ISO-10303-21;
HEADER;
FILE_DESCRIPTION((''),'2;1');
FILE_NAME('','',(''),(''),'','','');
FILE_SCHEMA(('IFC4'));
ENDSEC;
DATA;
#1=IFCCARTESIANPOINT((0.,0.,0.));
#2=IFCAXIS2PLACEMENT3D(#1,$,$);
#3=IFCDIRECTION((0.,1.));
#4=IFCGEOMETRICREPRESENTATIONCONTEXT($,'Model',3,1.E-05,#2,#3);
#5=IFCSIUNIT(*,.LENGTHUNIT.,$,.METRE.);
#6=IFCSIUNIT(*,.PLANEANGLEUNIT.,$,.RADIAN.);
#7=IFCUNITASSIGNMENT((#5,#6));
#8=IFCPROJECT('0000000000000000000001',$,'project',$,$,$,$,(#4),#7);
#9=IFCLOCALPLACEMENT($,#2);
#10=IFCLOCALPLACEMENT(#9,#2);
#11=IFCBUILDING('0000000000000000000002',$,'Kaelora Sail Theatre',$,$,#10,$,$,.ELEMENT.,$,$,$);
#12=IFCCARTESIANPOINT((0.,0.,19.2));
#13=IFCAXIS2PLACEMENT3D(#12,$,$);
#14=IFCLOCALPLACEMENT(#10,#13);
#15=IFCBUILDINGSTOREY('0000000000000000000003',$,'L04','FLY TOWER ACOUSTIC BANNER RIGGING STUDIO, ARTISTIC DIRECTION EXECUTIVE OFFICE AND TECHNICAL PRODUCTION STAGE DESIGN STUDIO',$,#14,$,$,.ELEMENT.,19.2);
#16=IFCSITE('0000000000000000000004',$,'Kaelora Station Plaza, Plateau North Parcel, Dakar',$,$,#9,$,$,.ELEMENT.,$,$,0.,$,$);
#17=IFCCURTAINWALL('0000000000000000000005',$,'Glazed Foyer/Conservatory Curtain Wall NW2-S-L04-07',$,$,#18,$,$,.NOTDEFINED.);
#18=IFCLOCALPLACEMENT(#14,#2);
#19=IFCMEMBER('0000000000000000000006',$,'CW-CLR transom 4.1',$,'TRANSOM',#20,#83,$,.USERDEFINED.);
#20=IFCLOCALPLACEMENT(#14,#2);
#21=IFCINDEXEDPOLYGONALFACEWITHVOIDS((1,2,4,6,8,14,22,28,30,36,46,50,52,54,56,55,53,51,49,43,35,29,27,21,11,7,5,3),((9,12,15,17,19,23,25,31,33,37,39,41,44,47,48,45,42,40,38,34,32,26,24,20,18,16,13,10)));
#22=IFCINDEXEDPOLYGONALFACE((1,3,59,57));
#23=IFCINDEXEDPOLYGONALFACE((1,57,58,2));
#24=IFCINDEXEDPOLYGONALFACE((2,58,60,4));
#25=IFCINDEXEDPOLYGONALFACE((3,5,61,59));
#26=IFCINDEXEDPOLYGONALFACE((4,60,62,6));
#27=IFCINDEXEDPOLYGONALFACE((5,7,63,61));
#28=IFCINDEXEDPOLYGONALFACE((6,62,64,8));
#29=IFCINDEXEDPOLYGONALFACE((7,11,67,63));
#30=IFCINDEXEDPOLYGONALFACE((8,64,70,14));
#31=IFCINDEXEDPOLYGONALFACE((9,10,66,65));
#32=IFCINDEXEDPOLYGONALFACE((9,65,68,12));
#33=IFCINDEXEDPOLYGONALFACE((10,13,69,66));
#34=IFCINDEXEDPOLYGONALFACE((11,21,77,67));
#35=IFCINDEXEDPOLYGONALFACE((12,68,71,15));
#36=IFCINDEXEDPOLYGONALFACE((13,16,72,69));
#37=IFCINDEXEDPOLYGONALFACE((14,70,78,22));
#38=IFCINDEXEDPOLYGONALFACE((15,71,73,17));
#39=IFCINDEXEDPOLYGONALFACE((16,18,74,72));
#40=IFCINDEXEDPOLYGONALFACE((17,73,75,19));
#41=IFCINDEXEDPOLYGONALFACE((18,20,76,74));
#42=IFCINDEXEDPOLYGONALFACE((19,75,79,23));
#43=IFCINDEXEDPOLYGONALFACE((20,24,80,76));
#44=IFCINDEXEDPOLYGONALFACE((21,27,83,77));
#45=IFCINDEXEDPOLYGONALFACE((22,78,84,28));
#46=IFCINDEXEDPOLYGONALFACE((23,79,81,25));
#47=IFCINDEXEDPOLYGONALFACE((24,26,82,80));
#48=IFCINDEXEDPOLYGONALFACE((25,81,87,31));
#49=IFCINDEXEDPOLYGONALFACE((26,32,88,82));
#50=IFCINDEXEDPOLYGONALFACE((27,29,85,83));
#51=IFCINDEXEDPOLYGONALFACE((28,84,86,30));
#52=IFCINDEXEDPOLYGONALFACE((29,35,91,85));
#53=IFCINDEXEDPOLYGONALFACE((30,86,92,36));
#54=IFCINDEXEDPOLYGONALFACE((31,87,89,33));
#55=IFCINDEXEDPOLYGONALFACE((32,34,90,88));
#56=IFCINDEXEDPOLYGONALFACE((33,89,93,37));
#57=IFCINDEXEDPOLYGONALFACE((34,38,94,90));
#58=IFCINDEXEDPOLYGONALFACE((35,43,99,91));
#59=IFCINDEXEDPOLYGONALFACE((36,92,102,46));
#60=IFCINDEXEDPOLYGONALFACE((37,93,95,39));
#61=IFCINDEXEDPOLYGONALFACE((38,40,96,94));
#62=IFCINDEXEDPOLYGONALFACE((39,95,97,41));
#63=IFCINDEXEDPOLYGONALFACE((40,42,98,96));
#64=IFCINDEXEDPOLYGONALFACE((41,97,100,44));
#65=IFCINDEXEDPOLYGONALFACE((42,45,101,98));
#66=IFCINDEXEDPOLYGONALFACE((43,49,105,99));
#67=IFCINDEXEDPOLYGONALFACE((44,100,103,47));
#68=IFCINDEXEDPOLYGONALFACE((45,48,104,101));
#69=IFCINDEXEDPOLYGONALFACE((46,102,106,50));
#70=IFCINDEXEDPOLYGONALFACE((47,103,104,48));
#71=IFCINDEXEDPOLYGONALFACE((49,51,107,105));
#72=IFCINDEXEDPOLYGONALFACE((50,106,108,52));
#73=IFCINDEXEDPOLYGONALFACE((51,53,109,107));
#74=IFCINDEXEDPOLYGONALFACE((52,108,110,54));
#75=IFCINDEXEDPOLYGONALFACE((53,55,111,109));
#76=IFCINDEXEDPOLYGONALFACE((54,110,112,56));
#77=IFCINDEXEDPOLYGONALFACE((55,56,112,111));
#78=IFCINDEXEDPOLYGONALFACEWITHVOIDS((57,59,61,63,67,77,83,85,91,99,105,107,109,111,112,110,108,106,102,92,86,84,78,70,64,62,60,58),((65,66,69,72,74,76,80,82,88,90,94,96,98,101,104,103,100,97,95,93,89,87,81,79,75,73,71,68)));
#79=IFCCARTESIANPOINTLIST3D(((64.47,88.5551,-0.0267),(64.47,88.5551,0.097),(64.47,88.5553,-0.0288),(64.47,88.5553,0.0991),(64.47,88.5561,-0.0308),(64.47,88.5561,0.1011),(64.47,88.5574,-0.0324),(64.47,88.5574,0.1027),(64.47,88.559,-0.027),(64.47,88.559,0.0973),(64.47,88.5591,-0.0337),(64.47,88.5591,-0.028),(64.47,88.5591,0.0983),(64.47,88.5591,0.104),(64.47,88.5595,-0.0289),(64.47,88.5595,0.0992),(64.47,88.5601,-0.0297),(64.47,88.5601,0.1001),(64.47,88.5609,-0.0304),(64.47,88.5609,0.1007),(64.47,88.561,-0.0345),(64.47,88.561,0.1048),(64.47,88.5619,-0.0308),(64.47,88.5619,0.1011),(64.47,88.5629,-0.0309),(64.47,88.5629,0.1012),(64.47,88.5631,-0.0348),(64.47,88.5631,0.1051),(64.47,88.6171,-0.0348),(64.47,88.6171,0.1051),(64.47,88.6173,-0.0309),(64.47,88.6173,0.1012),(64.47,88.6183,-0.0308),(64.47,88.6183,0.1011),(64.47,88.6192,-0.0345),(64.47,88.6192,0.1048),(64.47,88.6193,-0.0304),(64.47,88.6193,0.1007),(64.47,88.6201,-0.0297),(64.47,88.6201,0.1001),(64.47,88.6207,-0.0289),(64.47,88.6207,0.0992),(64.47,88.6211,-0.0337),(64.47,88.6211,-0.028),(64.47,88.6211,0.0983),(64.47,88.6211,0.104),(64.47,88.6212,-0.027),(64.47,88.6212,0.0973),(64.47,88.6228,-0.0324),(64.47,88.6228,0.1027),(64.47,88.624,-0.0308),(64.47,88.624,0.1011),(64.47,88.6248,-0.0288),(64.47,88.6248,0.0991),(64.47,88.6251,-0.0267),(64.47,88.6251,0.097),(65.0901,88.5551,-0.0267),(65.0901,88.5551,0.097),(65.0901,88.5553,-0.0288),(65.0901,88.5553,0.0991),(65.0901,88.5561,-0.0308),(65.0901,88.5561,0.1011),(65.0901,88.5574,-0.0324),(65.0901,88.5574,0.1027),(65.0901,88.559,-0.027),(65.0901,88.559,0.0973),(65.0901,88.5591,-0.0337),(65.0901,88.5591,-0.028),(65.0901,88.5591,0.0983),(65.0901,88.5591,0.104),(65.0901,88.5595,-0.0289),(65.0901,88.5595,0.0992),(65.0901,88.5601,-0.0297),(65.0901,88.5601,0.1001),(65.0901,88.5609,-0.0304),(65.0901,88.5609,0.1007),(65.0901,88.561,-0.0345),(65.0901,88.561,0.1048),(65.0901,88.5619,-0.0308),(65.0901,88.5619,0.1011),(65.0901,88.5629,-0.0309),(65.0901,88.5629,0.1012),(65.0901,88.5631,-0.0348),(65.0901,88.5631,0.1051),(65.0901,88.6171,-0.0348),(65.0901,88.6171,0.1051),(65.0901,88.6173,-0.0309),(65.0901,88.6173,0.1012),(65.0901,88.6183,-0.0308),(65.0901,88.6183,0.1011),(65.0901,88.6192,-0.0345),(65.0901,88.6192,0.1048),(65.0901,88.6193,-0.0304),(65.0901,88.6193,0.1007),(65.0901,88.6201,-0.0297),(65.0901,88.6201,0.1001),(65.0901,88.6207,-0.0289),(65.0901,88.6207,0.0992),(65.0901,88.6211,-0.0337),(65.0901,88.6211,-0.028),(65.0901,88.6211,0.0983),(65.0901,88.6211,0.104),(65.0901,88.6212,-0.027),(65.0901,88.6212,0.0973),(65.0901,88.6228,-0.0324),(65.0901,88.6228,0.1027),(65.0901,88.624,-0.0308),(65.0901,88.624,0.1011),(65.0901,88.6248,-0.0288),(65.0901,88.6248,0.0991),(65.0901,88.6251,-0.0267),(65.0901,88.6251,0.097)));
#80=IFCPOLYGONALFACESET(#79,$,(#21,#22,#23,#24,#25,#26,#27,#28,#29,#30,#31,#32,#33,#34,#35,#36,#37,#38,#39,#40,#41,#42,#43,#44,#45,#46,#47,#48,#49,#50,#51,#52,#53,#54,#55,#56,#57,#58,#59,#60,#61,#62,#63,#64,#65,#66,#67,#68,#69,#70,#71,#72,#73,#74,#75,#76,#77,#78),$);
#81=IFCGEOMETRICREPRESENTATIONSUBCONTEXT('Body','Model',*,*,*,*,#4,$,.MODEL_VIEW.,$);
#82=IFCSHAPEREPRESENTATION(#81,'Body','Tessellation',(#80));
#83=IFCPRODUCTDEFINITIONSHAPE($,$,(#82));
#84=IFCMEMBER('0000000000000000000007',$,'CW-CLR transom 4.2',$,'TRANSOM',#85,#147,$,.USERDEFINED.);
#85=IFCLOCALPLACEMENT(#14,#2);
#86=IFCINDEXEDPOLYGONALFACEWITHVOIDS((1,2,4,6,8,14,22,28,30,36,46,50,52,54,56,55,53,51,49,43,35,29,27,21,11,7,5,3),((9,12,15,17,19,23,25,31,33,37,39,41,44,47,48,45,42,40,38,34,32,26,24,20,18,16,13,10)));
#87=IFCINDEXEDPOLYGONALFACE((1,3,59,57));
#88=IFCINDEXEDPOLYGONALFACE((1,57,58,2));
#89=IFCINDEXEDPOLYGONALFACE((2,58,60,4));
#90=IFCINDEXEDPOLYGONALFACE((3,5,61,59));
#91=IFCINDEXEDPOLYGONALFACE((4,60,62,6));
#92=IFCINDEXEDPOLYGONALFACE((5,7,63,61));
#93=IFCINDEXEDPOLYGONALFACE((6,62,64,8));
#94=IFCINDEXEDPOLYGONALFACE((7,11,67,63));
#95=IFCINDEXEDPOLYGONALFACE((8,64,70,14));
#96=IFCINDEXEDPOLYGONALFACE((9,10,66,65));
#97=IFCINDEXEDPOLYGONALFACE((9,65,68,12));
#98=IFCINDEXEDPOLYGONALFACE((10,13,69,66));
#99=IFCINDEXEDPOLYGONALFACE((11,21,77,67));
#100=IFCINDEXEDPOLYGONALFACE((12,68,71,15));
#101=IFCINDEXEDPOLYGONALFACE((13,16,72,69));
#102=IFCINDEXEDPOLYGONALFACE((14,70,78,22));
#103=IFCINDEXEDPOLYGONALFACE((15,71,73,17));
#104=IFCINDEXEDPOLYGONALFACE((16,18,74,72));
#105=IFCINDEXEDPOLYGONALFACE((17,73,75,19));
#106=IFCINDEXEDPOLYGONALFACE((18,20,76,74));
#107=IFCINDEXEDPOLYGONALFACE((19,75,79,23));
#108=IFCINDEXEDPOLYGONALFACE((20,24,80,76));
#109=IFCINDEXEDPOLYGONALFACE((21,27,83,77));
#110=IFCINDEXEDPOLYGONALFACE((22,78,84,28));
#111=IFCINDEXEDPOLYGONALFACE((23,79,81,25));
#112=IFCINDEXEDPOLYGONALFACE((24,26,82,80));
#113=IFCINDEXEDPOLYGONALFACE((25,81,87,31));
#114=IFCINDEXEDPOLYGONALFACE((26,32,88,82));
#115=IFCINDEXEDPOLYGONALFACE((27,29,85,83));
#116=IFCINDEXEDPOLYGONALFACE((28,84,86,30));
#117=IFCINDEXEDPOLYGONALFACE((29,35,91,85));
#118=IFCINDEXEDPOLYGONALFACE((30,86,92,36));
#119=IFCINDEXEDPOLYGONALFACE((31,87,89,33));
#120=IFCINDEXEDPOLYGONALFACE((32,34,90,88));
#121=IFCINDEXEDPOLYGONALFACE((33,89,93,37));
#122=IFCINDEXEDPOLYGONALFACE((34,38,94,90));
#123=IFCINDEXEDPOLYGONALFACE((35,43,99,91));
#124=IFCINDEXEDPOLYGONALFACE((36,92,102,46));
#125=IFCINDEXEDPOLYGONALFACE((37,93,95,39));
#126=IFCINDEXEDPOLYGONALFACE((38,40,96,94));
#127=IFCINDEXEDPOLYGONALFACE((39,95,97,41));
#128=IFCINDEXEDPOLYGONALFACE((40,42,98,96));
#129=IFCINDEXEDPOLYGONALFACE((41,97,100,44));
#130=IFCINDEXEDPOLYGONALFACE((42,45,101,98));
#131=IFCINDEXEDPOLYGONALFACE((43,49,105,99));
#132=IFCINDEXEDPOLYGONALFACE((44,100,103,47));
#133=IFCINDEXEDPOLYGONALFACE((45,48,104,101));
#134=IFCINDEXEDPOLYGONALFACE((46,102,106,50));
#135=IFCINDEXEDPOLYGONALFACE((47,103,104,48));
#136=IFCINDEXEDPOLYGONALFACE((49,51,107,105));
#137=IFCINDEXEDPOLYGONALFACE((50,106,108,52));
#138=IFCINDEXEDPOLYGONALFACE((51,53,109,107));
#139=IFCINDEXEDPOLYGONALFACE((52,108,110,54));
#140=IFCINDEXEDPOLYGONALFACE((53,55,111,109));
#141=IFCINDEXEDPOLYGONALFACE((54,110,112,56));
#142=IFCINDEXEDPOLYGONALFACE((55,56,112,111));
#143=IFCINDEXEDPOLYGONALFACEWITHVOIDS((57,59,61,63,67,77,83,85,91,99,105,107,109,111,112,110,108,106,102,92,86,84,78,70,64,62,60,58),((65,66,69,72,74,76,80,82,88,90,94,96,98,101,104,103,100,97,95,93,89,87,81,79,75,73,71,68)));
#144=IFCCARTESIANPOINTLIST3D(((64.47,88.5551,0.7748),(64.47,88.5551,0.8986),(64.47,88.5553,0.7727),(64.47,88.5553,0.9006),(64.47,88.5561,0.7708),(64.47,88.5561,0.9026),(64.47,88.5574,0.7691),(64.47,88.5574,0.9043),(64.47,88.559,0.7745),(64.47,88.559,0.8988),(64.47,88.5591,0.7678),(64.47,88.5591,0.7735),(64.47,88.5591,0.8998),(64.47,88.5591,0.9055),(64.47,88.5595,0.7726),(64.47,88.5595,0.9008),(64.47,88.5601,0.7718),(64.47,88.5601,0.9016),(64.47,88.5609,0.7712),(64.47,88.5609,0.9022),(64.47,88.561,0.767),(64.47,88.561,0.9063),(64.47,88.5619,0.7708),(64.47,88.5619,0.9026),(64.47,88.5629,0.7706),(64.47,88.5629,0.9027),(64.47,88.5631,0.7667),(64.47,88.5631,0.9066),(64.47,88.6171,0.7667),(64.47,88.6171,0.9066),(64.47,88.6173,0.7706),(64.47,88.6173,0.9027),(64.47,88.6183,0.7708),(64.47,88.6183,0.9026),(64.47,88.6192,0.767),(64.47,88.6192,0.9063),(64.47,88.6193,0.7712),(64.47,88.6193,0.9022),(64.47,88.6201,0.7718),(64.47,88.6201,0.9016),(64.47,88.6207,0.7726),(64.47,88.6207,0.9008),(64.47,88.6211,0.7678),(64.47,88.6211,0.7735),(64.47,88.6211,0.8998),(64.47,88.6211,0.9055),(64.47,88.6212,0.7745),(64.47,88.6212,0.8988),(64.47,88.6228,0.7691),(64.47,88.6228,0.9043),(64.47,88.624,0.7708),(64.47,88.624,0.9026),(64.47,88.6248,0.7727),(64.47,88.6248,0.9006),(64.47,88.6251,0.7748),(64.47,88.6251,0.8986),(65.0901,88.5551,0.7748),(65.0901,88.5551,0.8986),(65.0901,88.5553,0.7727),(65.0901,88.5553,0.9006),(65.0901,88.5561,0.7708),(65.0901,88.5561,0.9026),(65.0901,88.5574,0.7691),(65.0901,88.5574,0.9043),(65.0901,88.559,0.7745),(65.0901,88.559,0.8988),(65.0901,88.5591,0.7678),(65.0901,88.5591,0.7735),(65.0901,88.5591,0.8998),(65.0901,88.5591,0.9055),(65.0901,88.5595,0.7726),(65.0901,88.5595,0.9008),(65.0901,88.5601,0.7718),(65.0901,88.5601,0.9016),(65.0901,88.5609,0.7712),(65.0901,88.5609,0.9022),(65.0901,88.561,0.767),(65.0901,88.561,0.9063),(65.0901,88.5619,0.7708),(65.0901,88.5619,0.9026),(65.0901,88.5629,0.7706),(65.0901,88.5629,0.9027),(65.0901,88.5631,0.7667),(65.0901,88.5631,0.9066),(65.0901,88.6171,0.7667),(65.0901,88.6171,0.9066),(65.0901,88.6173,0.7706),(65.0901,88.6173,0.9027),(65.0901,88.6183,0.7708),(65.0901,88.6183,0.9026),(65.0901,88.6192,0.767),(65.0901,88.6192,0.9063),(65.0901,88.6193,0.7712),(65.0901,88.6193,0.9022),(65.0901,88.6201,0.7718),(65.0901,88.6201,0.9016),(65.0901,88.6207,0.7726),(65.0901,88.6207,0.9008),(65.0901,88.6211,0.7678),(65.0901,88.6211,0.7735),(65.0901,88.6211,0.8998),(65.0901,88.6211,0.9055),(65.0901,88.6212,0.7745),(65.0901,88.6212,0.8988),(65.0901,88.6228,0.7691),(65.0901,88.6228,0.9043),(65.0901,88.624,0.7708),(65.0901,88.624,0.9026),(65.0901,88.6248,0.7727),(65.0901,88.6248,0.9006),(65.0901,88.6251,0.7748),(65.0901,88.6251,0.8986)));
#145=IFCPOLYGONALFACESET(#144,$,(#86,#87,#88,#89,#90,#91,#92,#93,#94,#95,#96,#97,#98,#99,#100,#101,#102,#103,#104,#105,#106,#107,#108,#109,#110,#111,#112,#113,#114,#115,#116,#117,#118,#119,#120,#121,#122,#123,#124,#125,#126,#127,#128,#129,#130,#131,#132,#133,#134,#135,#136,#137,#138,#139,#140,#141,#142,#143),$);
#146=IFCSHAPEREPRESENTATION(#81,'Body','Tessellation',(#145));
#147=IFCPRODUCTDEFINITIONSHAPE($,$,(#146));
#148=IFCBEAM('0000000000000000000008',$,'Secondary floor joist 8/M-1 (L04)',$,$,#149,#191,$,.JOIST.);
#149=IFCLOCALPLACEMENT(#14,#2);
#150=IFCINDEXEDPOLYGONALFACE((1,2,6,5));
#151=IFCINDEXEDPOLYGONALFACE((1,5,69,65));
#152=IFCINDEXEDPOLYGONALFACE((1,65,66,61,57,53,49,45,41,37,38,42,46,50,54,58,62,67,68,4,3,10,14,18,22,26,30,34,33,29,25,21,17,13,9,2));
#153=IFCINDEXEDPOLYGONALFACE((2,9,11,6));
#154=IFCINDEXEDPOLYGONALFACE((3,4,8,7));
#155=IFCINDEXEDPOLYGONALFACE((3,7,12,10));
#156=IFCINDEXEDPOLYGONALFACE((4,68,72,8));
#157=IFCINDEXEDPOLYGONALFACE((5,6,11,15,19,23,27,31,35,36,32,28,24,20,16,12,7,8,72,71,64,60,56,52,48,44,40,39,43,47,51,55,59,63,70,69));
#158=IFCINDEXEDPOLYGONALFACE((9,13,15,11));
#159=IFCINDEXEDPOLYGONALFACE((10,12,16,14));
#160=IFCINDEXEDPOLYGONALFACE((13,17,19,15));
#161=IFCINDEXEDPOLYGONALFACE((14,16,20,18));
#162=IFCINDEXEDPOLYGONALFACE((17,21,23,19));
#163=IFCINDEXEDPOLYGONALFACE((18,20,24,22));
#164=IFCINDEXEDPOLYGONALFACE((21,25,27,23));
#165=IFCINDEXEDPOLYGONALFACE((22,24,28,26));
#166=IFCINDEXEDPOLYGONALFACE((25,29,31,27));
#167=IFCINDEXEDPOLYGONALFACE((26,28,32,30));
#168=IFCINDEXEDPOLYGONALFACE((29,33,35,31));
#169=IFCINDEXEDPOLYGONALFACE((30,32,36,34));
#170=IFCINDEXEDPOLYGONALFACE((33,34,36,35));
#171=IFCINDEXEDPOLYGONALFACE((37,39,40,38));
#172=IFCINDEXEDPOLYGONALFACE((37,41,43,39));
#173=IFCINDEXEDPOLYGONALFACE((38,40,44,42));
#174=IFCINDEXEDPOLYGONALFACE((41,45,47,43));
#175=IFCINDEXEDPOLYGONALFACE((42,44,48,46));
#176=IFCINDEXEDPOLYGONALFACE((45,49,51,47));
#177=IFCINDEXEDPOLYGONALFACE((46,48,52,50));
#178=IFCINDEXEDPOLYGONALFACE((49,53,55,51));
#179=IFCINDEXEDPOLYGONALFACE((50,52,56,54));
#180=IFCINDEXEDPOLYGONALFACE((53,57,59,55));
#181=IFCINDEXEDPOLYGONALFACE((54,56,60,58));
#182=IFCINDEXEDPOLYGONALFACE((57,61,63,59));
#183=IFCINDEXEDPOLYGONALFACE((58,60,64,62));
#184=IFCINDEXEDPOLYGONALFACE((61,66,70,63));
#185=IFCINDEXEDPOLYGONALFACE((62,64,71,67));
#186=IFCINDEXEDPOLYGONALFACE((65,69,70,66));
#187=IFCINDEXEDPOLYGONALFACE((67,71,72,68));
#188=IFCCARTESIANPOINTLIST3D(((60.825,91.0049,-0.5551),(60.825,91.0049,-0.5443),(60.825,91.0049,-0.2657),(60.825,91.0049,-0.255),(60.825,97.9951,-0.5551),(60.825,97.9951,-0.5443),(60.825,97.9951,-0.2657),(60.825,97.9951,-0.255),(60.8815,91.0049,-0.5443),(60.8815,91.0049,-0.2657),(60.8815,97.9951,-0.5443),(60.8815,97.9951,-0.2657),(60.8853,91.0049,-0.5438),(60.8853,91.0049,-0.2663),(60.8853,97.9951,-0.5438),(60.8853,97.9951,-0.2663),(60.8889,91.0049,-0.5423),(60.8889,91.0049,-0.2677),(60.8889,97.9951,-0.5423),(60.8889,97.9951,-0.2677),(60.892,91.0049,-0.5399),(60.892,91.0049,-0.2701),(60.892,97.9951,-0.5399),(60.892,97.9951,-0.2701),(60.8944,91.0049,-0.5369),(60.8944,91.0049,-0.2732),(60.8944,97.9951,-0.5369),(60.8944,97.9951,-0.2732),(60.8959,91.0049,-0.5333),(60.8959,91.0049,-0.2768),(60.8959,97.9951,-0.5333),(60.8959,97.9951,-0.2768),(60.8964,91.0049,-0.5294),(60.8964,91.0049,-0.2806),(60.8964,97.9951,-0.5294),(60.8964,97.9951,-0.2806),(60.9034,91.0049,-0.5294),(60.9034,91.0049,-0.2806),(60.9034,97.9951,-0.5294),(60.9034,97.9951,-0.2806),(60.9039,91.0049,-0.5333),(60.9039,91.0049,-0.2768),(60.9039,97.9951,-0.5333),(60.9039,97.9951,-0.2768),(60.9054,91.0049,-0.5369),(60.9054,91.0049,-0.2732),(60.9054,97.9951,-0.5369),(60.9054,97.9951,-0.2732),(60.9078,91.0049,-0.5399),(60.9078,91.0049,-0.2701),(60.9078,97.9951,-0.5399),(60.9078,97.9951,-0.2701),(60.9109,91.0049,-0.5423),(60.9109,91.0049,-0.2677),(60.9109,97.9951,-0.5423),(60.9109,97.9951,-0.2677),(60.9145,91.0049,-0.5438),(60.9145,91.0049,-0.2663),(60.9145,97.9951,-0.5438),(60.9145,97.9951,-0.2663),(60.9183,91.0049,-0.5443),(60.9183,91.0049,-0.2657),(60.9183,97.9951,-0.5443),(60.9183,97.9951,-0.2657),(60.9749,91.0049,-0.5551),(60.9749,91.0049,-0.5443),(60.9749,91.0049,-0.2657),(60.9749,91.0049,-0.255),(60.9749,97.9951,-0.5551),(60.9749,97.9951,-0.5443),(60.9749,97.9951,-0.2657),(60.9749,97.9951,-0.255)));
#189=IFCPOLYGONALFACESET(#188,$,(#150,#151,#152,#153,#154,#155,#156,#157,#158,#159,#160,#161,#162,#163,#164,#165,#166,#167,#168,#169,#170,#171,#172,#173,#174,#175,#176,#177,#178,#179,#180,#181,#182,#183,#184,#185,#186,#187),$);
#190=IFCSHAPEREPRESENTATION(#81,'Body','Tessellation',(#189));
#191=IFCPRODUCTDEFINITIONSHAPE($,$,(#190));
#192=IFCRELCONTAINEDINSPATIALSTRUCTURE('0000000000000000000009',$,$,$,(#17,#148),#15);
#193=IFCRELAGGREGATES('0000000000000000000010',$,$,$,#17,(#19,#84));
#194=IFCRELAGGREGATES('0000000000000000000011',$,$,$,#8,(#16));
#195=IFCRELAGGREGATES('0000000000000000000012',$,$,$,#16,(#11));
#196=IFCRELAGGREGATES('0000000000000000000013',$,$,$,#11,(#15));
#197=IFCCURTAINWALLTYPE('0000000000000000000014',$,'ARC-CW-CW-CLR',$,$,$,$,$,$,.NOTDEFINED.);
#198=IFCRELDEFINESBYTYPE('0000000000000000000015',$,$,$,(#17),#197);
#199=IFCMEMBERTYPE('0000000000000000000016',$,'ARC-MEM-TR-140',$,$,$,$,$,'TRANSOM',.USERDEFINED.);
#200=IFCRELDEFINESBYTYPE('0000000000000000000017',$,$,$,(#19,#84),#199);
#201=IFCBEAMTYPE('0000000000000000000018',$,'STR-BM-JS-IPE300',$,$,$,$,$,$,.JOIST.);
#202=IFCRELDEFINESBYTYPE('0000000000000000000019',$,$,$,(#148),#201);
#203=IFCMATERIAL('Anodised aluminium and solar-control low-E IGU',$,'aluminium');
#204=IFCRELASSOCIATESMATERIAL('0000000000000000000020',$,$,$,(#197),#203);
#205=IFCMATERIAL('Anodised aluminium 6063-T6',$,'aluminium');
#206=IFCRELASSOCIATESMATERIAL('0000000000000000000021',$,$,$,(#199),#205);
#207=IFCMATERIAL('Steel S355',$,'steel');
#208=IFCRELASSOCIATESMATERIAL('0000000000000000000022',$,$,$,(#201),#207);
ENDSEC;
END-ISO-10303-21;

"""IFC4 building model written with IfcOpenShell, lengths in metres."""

from ifc_helpers import new_model, si_unit, direction, frame, origin, origin_2d, place, context, subcontext, project, spatial, hollow_rectangle, i_section, extrude, material, material_profile, profile_set, type_object, element, aggregate, save


model = new_model("IFC4")

# Units and contexts
model_context = context("Model", 3, precision=1e-05, world=origin(), true_north=direction((0.0, 1.0)))
body_context = subcontext(model_context, "Body", "Model", "MODEL_VIEW")
ifc_project = project(units=[si_unit("LENGTHUNIT", "METRE"), si_unit("PLANEANGLEUNIT", "RADIAN")], contexts=[model_context])

# Site, building, storey
site_placement = place(None, origin())
site = spatial("IfcSite", under=ifc_project, at=site_placement, Name="Kaelora Station Plaza, Plateau North Parcel, Dakar", CompositionType="ELEMENT", RefElevation=0.0)
building_placement = place(site_placement, origin())
building = spatial("IfcBuilding", under=site, at=building_placement, Name="Kaelora Sail Theatre", CompositionType="ELEMENT")
storey_placement = place(building_placement, frame((0.0, 0.0, 19.2)))
storey = spatial("IfcBuildingStorey", under=building, at=storey_placement, Name="L04", Description="FLY TOWER ACOUSTIC BANNER RIGGING STUDIO, ARTISTIC DIRECTION EXECUTIVE OFFICE AND TECHNICAL PRODUCTION STAGE DESIGN STUDIO", CompositionType="ELEMENT", Elevation=19.2)

# Curtain wall, members
ifc_material_1 = material(Name="Anodised aluminium and solar-control low-E IGU", Category="aluminium")
curtain_wall_type = type_object("IfcCurtainWallType", Name="ARC-CW-CW-CLR", PredefinedType="NOTDEFINED", material=ifc_material_1)
curtain_wall_placement = place(storey_placement, origin())
curtain_wall = element("IfcCurtainWall", 1, at=curtain_wall_placement, inside=storey, type_object=curtain_wall_type, Name="Glazed Foyer/Conservatory Curtain Wall NW2-S-L04-07", PredefinedType="NOTDEFINED")
ifc_material_2 = material(Name="Anodised aluminium 6063-T6", Category="aluminium")
ifc_material_profile_1 = material_profile(ifc_material_2, hollow_rectangle(XDim=0.0701, YDim=0.1399, WallThickness=0.0039, InnerFilletRadius=0.0039, OuterFilletRadius=0.0081, at=origin_2d()), Name="ALU-TRAN 70x140x4")
ifc_profile_set_1 = profile_set([ifc_material_profile_1], Name="Anodised aluminium 6063-T6")
member_type_1 = type_object("IfcMemberType", Name="ARC-MEM-TR-140", ElementType="TRANSOM", PredefinedType="USERDEFINED", material=ifc_profile_set_1)
member_1_placement = place(storey_placement, frame((64.47, 88.5901, 0.0352), z_axis=(1.0, 0.0, 0.0), x_axis=(0.0, 1.0, 0.0)))
member_1 = element("IfcMember", 2, at=member_1_placement, type_object=member_type_1, Name="CW-CLR transom 4.1", ObjectType="TRANSOM", PredefinedType="USERDEFINED", context=body_context, shape_type="SweptSolid", body=[
    extrude(hollow_rectangle(XDim=0.0701, YDim=0.1399, WallThickness=0.0039, InnerFilletRadius=0.0039, OuterFilletRadius=0.0081, at=origin_2d()), origin(), (0.0, 0.0, 1.0), 0.6201),
])
member_2_placement = place(storey_placement, frame((64.47, 88.5901, 0.8367), z_axis=(1.0, 0.0, 0.0), x_axis=(0.0, 1.0, 0.0)))
member_2 = element("IfcMember", 3, at=member_2_placement, type_object=member_type_1, Name="CW-CLR transom 4.2", ObjectType="TRANSOM", PredefinedType="USERDEFINED", context=body_context, shape_type="SweptSolid", body=[
    extrude(hollow_rectangle(XDim=0.0701, YDim=0.1399, WallThickness=0.0039, InnerFilletRadius=0.0039, OuterFilletRadius=0.0081, at=origin_2d()), origin(), (0.0, 0.0, 1.0), 0.6201),
])

# Beam
ifc_material_3 = material(Name="Steel S355", Category="steel")
ifc_material_profile_2 = material_profile(ifc_material_3, i_section(OverallWidth=0.1499, OverallDepth=0.3, WebThickness=0.0071, FlangeThickness=0.0107, FilletRadius=0.0149, at=origin_2d()), Name="IPE 300")
ifc_profile_set_2 = profile_set([ifc_material_profile_2], Name="Steel S355")
beam_type_1 = type_object("IfcBeamType", Name="STR-BM-JS-IPE300", PredefinedType="JOIST", material=ifc_profile_set_2)
beam_1_placement = place(storey_placement, frame((60.8999, 91.0049, -0.405), z_axis=(0.0, 1.0, 0.0), x_axis=(-1.0, 0.0, 0.0)))
element("IfcBeam", 4, at=beam_1_placement, inside=storey, type_object=beam_type_1, Name="Secondary floor joist 8/M-1 (L04)", PredefinedType="JOIST", context=body_context, shape_type="SweptSolid", body=[
    extrude(i_section(OverallWidth=0.1499, OverallDepth=0.3, WebThickness=0.0071, FlangeThickness=0.0107, FilletRadius=0.0149, at=origin_2d()), origin(), (0.0, 0.0, 1.0), 6.9902),
])

aggregate(curtain_wall, [member_1, member_2])

save(model, "model.ifc")
